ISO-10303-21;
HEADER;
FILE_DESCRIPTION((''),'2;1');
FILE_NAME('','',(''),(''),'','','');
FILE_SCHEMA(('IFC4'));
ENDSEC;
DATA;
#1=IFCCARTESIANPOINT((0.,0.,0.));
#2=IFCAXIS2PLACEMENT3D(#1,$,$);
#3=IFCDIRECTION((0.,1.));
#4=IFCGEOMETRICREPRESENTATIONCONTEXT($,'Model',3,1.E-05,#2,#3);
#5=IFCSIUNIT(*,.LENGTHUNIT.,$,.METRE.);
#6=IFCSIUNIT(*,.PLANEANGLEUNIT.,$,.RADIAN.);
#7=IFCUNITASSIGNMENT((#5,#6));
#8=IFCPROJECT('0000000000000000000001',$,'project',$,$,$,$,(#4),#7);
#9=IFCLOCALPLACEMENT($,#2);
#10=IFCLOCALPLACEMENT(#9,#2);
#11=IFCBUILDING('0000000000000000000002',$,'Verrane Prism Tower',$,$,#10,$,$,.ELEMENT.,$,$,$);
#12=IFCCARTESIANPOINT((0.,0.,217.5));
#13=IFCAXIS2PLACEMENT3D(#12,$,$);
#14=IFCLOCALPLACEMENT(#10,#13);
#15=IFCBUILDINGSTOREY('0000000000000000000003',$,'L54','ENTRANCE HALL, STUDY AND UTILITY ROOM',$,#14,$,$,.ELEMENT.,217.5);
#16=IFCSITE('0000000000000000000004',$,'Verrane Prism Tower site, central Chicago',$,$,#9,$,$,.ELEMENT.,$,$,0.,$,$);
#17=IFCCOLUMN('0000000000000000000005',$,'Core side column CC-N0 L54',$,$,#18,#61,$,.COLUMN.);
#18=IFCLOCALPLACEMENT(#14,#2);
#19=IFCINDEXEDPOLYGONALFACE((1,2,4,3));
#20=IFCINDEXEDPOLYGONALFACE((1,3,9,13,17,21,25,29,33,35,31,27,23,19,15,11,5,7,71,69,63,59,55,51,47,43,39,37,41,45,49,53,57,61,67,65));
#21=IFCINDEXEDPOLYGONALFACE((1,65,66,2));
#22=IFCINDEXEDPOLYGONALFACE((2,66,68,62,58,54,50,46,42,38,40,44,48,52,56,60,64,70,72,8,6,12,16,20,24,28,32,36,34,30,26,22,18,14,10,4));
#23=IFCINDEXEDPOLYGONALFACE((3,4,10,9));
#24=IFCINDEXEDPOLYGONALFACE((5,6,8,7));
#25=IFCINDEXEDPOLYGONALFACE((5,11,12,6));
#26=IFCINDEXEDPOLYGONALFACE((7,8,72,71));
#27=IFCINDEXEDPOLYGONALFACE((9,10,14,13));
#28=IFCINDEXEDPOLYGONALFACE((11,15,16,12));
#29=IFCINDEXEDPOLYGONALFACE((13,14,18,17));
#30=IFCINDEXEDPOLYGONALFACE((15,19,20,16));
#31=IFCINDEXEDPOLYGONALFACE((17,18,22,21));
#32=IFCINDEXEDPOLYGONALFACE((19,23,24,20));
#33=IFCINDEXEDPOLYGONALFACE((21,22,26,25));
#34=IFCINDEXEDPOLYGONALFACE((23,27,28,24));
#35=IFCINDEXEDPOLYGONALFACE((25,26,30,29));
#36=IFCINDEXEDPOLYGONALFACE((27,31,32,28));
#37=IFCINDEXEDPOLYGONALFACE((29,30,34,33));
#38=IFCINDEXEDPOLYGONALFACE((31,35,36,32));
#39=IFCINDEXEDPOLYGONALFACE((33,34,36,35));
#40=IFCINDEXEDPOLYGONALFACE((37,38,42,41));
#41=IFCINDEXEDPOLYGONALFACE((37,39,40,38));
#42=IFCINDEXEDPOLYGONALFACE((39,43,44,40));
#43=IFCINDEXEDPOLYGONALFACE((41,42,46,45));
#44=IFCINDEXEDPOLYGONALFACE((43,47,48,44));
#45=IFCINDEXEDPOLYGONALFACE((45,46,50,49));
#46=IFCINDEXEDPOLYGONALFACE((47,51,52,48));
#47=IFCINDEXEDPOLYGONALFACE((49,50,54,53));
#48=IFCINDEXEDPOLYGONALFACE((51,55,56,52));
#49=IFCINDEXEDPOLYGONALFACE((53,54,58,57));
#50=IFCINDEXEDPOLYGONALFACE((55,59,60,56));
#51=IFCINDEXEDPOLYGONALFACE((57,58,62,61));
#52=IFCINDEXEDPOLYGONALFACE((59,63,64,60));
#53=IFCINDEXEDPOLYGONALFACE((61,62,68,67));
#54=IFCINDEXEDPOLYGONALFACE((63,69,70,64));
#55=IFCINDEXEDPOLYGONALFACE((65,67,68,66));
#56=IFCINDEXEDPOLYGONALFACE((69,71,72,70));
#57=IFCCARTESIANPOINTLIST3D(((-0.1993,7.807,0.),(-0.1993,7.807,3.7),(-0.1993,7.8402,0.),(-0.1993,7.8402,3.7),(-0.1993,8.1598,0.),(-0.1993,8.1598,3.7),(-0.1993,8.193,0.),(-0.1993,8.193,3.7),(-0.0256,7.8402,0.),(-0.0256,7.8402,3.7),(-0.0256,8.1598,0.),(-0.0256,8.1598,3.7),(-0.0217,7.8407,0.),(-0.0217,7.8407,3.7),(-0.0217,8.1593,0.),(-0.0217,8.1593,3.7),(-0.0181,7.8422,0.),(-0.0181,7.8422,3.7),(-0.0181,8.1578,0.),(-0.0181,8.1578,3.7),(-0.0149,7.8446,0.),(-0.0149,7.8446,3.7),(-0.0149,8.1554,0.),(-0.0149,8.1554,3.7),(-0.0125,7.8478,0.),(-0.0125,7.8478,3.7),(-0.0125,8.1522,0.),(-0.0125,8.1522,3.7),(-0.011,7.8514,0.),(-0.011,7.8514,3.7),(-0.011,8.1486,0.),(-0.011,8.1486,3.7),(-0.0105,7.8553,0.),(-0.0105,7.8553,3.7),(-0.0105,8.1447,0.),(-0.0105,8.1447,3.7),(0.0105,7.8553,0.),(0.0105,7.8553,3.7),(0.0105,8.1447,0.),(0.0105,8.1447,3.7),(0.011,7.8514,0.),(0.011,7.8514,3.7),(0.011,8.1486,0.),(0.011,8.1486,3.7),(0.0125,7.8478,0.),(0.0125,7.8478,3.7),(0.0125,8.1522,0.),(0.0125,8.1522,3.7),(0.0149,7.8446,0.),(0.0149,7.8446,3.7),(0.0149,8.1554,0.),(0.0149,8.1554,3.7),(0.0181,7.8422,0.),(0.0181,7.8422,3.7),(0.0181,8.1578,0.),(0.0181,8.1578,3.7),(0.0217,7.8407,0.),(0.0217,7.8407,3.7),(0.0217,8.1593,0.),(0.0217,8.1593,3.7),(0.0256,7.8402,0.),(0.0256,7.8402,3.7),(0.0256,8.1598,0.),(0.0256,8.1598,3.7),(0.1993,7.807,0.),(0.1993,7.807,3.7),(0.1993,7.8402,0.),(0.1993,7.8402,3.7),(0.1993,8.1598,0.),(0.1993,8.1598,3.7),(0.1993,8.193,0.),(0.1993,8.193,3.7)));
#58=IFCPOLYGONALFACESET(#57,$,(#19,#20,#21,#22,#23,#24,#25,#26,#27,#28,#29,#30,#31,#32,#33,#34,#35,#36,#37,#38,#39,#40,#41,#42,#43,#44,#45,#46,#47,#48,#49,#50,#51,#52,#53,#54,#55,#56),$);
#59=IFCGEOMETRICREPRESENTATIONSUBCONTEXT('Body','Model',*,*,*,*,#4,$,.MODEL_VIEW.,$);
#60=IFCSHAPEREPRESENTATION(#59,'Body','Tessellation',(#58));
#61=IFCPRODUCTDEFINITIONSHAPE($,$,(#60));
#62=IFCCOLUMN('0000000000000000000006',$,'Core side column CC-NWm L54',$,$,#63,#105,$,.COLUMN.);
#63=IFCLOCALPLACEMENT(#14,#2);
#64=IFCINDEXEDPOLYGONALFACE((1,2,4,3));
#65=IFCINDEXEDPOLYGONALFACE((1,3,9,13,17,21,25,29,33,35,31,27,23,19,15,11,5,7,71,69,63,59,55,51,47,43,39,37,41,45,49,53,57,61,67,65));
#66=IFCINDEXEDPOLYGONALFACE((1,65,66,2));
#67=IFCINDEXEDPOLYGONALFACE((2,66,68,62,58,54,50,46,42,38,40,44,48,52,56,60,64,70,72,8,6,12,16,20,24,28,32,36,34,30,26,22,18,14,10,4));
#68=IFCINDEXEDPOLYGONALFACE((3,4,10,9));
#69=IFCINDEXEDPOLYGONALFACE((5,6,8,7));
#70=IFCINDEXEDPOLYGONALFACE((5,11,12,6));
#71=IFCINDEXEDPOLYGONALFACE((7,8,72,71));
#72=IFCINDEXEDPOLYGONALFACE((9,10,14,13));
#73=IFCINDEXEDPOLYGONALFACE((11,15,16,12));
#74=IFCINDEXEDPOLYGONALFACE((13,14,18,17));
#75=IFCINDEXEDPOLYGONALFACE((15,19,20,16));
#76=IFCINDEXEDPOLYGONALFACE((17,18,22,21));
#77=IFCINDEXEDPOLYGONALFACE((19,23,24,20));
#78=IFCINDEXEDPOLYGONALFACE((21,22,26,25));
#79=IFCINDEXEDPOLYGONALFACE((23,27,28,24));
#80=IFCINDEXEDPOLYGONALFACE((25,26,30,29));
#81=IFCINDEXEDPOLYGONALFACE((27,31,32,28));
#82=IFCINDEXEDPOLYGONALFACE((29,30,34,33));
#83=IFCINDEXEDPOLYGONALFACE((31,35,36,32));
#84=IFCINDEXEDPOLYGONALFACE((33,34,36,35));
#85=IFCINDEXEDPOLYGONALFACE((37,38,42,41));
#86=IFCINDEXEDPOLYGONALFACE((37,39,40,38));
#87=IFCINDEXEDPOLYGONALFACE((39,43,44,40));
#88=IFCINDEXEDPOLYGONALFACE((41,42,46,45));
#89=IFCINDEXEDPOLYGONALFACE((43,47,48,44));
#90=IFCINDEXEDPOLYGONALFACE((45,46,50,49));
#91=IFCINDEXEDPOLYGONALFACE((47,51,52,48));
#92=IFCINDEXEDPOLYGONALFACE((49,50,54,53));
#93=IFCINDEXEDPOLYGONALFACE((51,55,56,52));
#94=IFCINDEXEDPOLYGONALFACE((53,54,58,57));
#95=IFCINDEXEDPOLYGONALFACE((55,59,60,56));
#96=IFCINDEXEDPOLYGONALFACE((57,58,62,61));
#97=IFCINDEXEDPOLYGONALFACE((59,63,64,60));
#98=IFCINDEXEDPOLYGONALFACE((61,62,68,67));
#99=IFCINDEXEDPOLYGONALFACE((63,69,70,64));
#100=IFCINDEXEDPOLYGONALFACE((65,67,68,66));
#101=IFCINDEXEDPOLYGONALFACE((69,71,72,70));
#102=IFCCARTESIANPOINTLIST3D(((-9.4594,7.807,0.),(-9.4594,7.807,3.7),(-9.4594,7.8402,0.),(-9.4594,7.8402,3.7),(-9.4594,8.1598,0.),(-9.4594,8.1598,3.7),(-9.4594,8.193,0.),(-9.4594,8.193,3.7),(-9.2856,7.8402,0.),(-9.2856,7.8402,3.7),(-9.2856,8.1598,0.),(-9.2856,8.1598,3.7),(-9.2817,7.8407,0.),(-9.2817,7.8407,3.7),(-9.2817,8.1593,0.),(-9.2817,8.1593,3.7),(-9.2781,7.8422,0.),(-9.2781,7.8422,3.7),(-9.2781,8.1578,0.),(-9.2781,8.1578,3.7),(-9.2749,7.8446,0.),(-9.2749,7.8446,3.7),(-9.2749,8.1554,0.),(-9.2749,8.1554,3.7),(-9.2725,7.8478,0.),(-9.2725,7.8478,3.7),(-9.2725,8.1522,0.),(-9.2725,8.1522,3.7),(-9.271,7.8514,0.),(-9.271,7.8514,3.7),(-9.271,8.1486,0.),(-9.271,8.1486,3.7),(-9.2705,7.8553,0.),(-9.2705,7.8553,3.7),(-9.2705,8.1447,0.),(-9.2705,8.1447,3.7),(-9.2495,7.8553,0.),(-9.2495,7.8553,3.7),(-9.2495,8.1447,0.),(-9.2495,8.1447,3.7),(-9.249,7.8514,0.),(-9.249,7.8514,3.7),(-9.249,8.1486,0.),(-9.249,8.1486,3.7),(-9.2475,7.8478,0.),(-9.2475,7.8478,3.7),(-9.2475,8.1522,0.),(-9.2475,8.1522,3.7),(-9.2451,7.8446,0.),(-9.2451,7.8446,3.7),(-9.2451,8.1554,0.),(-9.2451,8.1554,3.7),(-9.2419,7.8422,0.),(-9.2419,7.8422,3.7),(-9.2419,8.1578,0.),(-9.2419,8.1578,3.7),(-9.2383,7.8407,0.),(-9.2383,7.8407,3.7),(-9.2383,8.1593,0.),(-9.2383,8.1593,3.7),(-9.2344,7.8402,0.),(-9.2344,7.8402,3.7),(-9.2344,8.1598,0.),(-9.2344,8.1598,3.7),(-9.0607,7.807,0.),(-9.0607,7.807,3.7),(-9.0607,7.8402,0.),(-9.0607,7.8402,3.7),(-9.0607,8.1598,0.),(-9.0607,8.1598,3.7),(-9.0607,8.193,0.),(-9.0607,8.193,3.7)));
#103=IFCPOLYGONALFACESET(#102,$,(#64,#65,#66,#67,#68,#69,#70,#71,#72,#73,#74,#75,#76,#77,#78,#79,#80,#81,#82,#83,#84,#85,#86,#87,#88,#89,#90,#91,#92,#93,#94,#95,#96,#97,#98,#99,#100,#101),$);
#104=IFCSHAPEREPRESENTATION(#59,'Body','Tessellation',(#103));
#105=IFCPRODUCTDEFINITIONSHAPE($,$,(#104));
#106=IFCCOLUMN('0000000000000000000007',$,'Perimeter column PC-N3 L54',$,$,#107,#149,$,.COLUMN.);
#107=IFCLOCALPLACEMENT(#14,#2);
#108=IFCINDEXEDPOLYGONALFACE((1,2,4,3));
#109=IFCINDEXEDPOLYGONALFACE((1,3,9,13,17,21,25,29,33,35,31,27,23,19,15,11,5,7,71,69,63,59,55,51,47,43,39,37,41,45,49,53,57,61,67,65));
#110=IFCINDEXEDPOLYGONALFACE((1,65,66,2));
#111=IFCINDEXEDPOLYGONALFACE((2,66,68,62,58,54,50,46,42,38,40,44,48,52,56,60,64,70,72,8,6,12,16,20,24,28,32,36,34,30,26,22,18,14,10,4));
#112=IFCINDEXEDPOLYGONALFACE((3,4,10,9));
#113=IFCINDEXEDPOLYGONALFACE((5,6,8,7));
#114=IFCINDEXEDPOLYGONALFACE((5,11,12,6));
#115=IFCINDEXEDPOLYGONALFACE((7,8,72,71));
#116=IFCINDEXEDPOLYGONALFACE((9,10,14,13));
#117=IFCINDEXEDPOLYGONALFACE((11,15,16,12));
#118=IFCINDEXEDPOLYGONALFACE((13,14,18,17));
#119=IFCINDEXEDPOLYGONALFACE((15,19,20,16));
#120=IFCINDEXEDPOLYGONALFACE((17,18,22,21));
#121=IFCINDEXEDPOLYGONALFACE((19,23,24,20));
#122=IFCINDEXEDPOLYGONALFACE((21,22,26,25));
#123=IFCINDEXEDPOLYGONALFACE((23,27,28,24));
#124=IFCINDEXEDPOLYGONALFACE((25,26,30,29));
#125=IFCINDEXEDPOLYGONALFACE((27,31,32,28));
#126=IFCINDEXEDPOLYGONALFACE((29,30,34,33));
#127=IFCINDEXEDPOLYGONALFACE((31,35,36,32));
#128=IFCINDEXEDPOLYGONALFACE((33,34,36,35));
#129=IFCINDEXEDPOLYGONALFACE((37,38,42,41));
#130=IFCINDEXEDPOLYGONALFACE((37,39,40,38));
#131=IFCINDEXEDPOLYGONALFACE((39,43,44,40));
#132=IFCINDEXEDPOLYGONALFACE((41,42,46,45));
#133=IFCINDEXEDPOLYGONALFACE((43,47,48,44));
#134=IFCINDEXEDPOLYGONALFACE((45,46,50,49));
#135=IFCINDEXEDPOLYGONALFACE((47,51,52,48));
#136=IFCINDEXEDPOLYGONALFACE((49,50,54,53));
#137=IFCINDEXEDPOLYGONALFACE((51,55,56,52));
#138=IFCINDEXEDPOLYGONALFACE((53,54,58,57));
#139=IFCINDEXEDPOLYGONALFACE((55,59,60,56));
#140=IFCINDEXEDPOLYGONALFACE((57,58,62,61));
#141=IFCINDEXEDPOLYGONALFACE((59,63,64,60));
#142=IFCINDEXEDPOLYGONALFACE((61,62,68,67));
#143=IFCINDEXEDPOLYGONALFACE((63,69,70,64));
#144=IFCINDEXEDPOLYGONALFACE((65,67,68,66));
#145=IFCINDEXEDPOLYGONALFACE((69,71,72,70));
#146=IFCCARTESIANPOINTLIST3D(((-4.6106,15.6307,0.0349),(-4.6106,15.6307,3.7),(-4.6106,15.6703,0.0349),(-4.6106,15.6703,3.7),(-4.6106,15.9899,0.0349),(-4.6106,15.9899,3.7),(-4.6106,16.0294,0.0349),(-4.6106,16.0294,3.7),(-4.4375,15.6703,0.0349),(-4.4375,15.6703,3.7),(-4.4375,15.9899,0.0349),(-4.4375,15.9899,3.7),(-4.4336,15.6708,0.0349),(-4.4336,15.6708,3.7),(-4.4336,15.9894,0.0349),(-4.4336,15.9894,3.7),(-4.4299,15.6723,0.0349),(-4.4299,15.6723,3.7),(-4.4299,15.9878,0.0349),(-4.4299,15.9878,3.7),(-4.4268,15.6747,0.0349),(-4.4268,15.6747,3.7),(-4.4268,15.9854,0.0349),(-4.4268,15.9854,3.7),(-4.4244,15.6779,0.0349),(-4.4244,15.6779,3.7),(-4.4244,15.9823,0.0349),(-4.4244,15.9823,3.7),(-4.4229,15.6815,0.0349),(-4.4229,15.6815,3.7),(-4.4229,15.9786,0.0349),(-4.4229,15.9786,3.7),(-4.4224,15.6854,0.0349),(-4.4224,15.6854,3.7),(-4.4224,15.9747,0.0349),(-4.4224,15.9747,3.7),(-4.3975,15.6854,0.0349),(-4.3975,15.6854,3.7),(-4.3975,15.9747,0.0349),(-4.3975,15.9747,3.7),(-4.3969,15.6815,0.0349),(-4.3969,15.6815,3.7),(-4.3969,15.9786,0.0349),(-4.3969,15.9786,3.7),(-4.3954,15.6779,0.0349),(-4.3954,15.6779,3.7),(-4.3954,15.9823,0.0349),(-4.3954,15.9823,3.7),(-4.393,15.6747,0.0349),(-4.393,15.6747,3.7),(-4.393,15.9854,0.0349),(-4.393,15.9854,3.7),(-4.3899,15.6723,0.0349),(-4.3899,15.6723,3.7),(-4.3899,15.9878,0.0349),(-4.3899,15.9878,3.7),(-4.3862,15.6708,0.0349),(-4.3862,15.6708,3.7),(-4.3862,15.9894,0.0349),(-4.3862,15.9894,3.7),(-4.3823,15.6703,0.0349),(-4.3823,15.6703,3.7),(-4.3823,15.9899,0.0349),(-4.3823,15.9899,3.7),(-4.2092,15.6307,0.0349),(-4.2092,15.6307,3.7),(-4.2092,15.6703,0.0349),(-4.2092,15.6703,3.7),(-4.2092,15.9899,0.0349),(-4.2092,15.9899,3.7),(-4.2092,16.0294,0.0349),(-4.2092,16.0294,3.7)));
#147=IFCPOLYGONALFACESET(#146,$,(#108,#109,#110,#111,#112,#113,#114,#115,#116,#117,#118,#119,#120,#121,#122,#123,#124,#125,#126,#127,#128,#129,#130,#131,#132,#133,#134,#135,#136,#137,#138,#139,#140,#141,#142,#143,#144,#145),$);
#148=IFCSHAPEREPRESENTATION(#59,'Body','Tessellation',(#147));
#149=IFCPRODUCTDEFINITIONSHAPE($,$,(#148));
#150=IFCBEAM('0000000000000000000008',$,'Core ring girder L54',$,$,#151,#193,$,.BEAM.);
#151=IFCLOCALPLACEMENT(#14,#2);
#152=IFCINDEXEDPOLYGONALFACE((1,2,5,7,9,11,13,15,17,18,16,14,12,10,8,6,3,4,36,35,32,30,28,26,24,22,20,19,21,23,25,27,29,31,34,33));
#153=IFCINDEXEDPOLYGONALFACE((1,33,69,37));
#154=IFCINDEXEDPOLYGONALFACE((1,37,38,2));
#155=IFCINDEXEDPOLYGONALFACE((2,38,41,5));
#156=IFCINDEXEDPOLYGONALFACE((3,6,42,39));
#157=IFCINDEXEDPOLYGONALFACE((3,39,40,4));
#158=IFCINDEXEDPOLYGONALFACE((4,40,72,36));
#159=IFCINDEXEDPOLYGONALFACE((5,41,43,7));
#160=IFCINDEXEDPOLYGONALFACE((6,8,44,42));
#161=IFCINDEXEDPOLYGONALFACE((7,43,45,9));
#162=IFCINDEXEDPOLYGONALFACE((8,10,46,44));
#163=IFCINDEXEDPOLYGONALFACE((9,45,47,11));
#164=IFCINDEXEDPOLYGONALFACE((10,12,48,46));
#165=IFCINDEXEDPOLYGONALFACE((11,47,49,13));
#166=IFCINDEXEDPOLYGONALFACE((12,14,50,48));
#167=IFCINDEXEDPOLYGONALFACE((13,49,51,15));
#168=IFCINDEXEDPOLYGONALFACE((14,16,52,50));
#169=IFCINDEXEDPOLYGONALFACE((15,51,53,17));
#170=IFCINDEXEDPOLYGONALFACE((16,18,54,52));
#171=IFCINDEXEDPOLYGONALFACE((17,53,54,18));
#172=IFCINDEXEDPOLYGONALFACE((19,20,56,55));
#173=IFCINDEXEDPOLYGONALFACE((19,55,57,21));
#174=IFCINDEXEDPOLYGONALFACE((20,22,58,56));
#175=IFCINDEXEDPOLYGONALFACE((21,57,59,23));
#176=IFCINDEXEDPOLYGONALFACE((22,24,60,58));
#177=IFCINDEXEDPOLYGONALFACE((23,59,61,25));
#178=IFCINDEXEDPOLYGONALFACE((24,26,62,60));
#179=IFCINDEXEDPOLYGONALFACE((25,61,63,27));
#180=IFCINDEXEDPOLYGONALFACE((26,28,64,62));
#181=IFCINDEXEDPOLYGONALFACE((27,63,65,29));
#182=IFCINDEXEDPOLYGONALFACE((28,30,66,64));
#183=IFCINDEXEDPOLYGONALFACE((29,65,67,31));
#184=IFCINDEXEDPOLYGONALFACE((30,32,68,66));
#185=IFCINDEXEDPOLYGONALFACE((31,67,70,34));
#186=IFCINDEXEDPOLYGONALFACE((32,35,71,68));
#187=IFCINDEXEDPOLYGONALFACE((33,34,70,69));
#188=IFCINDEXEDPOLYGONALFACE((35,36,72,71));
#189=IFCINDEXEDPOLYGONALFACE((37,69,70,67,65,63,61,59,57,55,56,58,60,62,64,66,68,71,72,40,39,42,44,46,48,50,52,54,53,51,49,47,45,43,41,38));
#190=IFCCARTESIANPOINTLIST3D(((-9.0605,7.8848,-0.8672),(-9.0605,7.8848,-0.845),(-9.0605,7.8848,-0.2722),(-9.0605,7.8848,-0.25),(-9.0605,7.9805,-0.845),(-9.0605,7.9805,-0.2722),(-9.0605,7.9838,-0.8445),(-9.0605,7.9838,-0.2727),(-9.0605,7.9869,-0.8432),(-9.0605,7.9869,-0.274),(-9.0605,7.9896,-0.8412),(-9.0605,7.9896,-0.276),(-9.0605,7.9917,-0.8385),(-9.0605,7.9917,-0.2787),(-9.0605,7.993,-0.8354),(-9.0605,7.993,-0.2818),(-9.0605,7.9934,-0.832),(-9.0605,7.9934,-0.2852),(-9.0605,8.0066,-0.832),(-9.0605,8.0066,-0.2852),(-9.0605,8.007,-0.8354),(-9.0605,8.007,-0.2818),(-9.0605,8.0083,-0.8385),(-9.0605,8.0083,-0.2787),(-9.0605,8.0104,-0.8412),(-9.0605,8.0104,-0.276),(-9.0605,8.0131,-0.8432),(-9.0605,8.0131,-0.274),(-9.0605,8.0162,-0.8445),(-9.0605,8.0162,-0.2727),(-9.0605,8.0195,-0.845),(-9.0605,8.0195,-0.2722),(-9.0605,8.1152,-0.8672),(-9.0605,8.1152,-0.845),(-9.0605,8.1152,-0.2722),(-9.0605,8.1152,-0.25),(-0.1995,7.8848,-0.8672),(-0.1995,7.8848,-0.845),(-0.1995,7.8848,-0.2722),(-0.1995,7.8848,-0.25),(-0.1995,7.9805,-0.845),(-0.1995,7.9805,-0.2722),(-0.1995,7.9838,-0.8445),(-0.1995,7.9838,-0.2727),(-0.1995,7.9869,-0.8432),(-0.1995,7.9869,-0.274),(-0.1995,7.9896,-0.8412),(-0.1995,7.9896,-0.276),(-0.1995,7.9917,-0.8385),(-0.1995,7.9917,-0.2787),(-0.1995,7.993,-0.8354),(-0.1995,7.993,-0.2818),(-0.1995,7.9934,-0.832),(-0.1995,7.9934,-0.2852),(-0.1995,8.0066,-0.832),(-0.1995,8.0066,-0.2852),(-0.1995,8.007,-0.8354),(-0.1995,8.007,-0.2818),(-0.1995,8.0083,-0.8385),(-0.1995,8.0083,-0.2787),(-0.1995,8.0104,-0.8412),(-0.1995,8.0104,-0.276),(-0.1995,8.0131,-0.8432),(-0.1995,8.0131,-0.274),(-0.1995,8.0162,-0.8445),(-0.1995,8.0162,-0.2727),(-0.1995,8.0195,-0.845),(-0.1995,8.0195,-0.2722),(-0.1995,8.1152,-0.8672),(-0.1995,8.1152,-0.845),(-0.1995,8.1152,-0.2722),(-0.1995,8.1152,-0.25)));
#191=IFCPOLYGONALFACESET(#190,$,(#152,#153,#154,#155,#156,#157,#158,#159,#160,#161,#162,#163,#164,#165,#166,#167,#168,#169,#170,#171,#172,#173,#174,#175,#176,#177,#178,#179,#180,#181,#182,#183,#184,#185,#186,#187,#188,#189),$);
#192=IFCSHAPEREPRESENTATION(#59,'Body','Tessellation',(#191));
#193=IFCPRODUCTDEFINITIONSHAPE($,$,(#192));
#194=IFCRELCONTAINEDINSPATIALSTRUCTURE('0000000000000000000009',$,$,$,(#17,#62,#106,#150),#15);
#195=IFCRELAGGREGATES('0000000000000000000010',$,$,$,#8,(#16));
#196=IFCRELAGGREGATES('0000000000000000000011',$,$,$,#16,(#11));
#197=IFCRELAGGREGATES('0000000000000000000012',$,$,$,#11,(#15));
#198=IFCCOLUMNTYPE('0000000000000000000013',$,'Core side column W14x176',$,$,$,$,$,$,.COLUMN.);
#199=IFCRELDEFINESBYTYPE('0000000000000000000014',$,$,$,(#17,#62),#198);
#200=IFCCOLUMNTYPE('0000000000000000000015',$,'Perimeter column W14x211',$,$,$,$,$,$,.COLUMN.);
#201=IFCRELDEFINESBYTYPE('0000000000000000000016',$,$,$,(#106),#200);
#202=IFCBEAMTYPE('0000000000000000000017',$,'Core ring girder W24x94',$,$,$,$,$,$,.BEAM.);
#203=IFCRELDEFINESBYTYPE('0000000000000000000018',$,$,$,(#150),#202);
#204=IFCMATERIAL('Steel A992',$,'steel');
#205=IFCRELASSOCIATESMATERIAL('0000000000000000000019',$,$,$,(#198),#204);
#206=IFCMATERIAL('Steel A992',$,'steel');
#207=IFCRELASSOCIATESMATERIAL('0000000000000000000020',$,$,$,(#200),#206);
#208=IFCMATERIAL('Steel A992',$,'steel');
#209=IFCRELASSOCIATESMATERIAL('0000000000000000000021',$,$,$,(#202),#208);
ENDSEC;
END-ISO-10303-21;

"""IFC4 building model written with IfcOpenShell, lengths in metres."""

from ifc_helpers import new_model, si_unit, direction, frame, origin, origin_2d, place, context, subcontext, project, spatial, i_section, extrude, material, material_profile, profile_set, type_object, element, save


model = new_model("IFC4")

# Units and contexts
model_context = context("Model", 3, precision=1e-05, world=origin(), true_north=direction((0.0, 1.0)))
body_context = subcontext(model_context, "Body", "Model", "MODEL_VIEW")
ifc_project = project(units=[si_unit("LENGTHUNIT", "METRE"), si_unit("PLANEANGLEUNIT", "RADIAN")], contexts=[model_context])

# Site, building, storey
site_placement = place(None, origin())
site = spatial("IfcSite", under=ifc_project, at=site_placement, Name="Verrane Prism Tower site, central Chicago", CompositionType="ELEMENT", RefElevation=0.0)
building_placement = place(site_placement, origin())
building = spatial("IfcBuilding", under=site, at=building_placement, Name="Verrane Prism Tower", CompositionType="ELEMENT")
storey_placement = place(building_placement, frame((0.0, 0.0, 217.5)))
storey = spatial("IfcBuildingStorey", under=building, at=storey_placement, Name="L54", Description="ENTRANCE HALL, STUDY AND UTILITY ROOM", CompositionType="ELEMENT", Elevation=217.5)

# Columns
ifc_material_1 = material(Name="Steel A992", Category="steel")
ifc_material_profile_1 = material_profile(ifc_material_1, i_section(OverallWidth=0.3987, OverallDepth=0.386, WebThickness=0.021, FlangeThickness=0.0332, FilletRadius=0.0151, at=origin_2d()), Name="W14x176")
ifc_profile_set_1 = profile_set([ifc_material_profile_1], Name="Steel A992")
column_type_1 = type_object("IfcColumnType", Name="Core side column W14x176", PredefinedType="COLUMN", material=ifc_profile_set_1)
for number, where, z_axis, x_axis, name in (
    (1, (0.0, 8.0, 0.0), (0.0, 0.0, 1.0), (1.0, 0.0, 0.0), "Core side column CC-N0 L54"),
    (2, (-9.26, 8.0, 0.0), (0.0, 0.0, 1.0), (1.0, 0.0, 0.0), "Core side column CC-NWm L54"),
):
    element("IfcColumn", number, at=place(storey_placement, frame(where, z_axis=z_axis, x_axis=x_axis)), inside=storey, type_object=column_type_1, Name=name, PredefinedType="COLUMN", context=body_context, shape_type="SweptSolid", body=[
        extrude(i_section(OverallWidth=0.3987, OverallDepth=0.386, WebThickness=0.021, FlangeThickness=0.0332, FilletRadius=0.0151, at=origin_2d()), origin(), (0.0, 0.0, 1.0), 3.7),
    ])
ifc_material_2 = material(Name="Steel A992", Category="steel")
ifc_material_profile_2 = material_profile(ifc_material_2, i_section(OverallWidth=0.4014, OverallDepth=0.3987, WebThickness=0.0249, FlangeThickness=0.0396, FilletRadius=0.0151, at=origin_2d()), Name="W14x211")
ifc_profile_set_2 = profile_set([ifc_material_profile_2], Name="Steel A992")
column_type_2 = type_object("IfcColumnType", Name="Perimeter column W14x211", PredefinedType="COLUMN", material=ifc_profile_set_2)
column_placement = place(storey_placement, frame((-4.4099, 15.8301, 0.0349), z_axis=(0.0, 0.0, 1.0), x_axis=(1.0, 0.0, 0.0)))
element("IfcColumn", 3, at=column_placement, inside=storey, type_object=column_type_2, Name="Perimeter column PC-N3 L54", PredefinedType="COLUMN", context=body_context, shape_type="SweptSolid", body=[
    extrude(i_section(OverallWidth=0.4014, OverallDepth=0.3987, WebThickness=0.0249, FlangeThickness=0.0396, FilletRadius=0.0151, at=origin_2d()), origin(), (0.0, 0.0, 1.0), 3.665),
])

# Beam
ifc_material_3 = material(Name="Steel A992", Category="steel")
ifc_material_profile_3 = material_profile(ifc_material_3, i_section(OverallWidth=0.2305, OverallDepth=0.6172, WebThickness=0.0132, FlangeThickness=0.0222, FilletRadius=0.0129, at=origin_2d()), Name="W24x94")
ifc_profile_set_3 = profile_set([ifc_material_profile_3], Name="Steel A992")
beam_type_1 = type_object("IfcBeamType", Name="Core ring girder W24x94", PredefinedType="BEAM", material=ifc_profile_set_3)
beam_1_placement = place(storey_placement, frame((-0.1995, 8.0, -0.5586), z_axis=(-1.0, 0.0, 0.0), x_axis=(0.0, -1.0, 0.0)))
element("IfcBeam", 4, at=beam_1_placement, inside=storey, type_object=beam_type_1, Name="Core ring girder L54", PredefinedType="BEAM", context=body_context, shape_type="SweptSolid", body=[
    extrude(i_section(OverallWidth=0.2305, OverallDepth=0.6172, WebThickness=0.0132, FlangeThickness=0.0222, FilletRadius=0.0129, at=origin_2d()), origin(), (0.0, 0.0, 1.0), 8.8611),
])

save(model, "model.ifc")
